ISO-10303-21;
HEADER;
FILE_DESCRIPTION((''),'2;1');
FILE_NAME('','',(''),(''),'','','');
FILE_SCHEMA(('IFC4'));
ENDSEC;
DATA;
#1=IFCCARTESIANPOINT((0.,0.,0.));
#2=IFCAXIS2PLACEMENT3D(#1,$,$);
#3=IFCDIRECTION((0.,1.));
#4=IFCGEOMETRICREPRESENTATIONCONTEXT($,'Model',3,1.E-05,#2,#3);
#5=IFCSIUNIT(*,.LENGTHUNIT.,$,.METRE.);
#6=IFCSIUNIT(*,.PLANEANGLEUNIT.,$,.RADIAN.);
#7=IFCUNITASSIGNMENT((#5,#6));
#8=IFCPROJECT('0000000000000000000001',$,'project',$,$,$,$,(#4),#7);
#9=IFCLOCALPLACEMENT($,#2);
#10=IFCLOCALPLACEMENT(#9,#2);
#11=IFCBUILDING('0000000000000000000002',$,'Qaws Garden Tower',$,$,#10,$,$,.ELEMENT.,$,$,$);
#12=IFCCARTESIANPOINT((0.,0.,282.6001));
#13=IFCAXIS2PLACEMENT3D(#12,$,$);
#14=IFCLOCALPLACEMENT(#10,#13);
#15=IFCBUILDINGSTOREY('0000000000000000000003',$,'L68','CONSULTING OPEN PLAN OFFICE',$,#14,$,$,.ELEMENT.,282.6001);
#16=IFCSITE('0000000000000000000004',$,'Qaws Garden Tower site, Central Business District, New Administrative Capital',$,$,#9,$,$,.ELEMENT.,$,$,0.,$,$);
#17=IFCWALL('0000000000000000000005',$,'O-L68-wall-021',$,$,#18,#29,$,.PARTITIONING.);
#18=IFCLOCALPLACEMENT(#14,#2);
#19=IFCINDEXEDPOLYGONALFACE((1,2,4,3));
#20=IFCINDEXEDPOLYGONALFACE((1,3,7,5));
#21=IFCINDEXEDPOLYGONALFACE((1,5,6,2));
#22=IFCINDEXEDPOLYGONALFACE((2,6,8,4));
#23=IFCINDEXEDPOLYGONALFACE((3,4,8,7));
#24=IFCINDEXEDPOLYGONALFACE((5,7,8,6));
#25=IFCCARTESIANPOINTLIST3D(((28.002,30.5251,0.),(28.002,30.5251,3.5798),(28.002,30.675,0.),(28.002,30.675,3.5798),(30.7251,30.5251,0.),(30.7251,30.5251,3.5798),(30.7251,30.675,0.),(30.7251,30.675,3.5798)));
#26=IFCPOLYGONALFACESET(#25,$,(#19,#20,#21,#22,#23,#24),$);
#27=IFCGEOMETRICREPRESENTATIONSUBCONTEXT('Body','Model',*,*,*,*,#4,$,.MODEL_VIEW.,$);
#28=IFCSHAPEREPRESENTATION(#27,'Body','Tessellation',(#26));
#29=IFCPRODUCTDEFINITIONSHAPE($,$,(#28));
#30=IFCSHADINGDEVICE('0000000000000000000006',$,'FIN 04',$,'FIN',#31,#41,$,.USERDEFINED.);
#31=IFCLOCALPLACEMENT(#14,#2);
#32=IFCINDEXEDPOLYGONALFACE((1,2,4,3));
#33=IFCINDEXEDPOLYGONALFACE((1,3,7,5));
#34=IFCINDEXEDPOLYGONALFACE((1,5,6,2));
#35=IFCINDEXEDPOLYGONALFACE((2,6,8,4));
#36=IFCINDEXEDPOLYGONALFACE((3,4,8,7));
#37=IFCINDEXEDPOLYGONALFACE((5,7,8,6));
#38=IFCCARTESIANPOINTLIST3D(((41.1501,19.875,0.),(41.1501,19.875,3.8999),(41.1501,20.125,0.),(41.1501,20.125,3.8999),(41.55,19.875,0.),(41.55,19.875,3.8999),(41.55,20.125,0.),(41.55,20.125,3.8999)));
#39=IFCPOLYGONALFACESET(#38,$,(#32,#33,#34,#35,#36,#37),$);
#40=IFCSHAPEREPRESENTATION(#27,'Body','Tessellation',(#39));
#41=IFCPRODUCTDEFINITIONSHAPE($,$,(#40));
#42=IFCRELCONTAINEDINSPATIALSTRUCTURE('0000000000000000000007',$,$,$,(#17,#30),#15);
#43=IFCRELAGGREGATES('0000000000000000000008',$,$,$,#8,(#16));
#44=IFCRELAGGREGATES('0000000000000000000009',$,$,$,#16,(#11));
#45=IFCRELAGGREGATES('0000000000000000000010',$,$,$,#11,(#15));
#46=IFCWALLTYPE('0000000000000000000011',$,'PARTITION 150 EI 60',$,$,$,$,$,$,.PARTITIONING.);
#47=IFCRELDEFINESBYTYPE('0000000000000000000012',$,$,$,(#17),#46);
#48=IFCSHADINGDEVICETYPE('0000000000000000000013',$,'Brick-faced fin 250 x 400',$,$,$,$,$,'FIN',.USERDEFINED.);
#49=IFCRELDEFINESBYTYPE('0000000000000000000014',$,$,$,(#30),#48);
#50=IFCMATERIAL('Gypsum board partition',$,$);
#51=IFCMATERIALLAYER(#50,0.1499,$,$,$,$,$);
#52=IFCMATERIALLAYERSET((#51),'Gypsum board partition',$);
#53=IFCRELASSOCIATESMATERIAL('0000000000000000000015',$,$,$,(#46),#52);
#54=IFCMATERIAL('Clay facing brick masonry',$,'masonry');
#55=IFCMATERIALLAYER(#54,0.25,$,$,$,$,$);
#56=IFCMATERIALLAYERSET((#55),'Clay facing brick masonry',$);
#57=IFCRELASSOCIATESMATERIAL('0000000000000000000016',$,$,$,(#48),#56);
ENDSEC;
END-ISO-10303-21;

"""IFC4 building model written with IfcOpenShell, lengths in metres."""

from ifc_helpers import new_model, si_unit, direction, frame, frame_2d, origin, origin_2d, place, context, subcontext, project, spatial, rectangle, extrude, material, layer, layer_set, type_object, element, save


model = new_model("IFC4")

# Units and contexts
model_context = context("Model", 3, precision=1e-05, world=origin(), true_north=direction((0.0, 1.0)))
body_context = subcontext(model_context, "Body", "Model", "MODEL_VIEW")
ifc_project = project(units=[si_unit("LENGTHUNIT", "METRE"), si_unit("PLANEANGLEUNIT", "RADIAN")], contexts=[model_context])

# Site, building, storey
site_placement = place(None, origin())
site = spatial("IfcSite", under=ifc_project, at=site_placement, Name="Qaws Garden Tower site, Central Business District, New Administrative Capital", CompositionType="ELEMENT", RefElevation=0.0)
building_placement = place(site_placement, origin())
building = spatial("IfcBuilding", under=site, at=building_placement, Name="Qaws Garden Tower", CompositionType="ELEMENT")
storey_placement = place(building_placement, frame((0.0, 0.0, 282.6001)))
storey = spatial("IfcBuildingStorey", under=building, at=storey_placement, Name="L68", Description="CONSULTING OPEN PLAN OFFICE", CompositionType="ELEMENT", Elevation=282.6001)

# Wall
ifc_material_1 = material(Name="Gypsum board partition")
ifc_layer_1 = layer(ifc_material_1, 0.1499)
ifc_layer_set_1 = layer_set([ifc_layer_1], Name="Gypsum board partition")
wall_type_1 = type_object("IfcWallType", Name="PARTITION 150 EI 60", PredefinedType="PARTITIONING", material=ifc_layer_set_1)
wall_1_placement = place(storey_placement, frame((28.002, 30.6001, 0.0), z_axis=(0.0, 0.0, 1.0), x_axis=(1.0, 0.0, 0.0)))
element("IfcWall", 1, at=wall_1_placement, inside=storey, type_object=wall_type_1, Name="O-L68-wall-021", PredefinedType="PARTITIONING", context=body_context, shape_type="SweptSolid", body=[
    extrude(rectangle(XDim=2.7231, YDim=0.1499, at=frame_2d((1.3616, 0.0))), origin(), (0.0, 0.0, 1.0), 3.5798),
])

# Shading device
ifc_material_2 = material(Name="Clay facing brick masonry", Category="masonry")
ifc_layer_2 = layer(ifc_material_2, 0.25)
ifc_layer_set_2 = layer_set([ifc_layer_2], Name="Clay facing brick masonry")
shading_device_type = type_object("IfcShadingDeviceType", Name="Brick-faced fin 250 x 400", ElementType="FIN", PredefinedType="USERDEFINED", material=ifc_layer_set_2)
shading_device_placement = place(storey_placement, frame((41.3501, 20.0, 0.0), z_axis=(0.0, 0.0, 1.0), x_axis=(0.0, 1.0, 0.0)))
element("IfcShadingDevice", 2, at=shading_device_placement, inside=storey, type_object=shading_device_type, Name="FIN 04", ObjectType="FIN", PredefinedType="USERDEFINED", context=body_context, shape_type="SweptSolid", body=[
    extrude(rectangle(XDim=0.25, YDim=0.3999, at=origin_2d()), origin(), (0.0, 0.0, 1.0), 3.8999),
])

save(model, "model.ifc")
